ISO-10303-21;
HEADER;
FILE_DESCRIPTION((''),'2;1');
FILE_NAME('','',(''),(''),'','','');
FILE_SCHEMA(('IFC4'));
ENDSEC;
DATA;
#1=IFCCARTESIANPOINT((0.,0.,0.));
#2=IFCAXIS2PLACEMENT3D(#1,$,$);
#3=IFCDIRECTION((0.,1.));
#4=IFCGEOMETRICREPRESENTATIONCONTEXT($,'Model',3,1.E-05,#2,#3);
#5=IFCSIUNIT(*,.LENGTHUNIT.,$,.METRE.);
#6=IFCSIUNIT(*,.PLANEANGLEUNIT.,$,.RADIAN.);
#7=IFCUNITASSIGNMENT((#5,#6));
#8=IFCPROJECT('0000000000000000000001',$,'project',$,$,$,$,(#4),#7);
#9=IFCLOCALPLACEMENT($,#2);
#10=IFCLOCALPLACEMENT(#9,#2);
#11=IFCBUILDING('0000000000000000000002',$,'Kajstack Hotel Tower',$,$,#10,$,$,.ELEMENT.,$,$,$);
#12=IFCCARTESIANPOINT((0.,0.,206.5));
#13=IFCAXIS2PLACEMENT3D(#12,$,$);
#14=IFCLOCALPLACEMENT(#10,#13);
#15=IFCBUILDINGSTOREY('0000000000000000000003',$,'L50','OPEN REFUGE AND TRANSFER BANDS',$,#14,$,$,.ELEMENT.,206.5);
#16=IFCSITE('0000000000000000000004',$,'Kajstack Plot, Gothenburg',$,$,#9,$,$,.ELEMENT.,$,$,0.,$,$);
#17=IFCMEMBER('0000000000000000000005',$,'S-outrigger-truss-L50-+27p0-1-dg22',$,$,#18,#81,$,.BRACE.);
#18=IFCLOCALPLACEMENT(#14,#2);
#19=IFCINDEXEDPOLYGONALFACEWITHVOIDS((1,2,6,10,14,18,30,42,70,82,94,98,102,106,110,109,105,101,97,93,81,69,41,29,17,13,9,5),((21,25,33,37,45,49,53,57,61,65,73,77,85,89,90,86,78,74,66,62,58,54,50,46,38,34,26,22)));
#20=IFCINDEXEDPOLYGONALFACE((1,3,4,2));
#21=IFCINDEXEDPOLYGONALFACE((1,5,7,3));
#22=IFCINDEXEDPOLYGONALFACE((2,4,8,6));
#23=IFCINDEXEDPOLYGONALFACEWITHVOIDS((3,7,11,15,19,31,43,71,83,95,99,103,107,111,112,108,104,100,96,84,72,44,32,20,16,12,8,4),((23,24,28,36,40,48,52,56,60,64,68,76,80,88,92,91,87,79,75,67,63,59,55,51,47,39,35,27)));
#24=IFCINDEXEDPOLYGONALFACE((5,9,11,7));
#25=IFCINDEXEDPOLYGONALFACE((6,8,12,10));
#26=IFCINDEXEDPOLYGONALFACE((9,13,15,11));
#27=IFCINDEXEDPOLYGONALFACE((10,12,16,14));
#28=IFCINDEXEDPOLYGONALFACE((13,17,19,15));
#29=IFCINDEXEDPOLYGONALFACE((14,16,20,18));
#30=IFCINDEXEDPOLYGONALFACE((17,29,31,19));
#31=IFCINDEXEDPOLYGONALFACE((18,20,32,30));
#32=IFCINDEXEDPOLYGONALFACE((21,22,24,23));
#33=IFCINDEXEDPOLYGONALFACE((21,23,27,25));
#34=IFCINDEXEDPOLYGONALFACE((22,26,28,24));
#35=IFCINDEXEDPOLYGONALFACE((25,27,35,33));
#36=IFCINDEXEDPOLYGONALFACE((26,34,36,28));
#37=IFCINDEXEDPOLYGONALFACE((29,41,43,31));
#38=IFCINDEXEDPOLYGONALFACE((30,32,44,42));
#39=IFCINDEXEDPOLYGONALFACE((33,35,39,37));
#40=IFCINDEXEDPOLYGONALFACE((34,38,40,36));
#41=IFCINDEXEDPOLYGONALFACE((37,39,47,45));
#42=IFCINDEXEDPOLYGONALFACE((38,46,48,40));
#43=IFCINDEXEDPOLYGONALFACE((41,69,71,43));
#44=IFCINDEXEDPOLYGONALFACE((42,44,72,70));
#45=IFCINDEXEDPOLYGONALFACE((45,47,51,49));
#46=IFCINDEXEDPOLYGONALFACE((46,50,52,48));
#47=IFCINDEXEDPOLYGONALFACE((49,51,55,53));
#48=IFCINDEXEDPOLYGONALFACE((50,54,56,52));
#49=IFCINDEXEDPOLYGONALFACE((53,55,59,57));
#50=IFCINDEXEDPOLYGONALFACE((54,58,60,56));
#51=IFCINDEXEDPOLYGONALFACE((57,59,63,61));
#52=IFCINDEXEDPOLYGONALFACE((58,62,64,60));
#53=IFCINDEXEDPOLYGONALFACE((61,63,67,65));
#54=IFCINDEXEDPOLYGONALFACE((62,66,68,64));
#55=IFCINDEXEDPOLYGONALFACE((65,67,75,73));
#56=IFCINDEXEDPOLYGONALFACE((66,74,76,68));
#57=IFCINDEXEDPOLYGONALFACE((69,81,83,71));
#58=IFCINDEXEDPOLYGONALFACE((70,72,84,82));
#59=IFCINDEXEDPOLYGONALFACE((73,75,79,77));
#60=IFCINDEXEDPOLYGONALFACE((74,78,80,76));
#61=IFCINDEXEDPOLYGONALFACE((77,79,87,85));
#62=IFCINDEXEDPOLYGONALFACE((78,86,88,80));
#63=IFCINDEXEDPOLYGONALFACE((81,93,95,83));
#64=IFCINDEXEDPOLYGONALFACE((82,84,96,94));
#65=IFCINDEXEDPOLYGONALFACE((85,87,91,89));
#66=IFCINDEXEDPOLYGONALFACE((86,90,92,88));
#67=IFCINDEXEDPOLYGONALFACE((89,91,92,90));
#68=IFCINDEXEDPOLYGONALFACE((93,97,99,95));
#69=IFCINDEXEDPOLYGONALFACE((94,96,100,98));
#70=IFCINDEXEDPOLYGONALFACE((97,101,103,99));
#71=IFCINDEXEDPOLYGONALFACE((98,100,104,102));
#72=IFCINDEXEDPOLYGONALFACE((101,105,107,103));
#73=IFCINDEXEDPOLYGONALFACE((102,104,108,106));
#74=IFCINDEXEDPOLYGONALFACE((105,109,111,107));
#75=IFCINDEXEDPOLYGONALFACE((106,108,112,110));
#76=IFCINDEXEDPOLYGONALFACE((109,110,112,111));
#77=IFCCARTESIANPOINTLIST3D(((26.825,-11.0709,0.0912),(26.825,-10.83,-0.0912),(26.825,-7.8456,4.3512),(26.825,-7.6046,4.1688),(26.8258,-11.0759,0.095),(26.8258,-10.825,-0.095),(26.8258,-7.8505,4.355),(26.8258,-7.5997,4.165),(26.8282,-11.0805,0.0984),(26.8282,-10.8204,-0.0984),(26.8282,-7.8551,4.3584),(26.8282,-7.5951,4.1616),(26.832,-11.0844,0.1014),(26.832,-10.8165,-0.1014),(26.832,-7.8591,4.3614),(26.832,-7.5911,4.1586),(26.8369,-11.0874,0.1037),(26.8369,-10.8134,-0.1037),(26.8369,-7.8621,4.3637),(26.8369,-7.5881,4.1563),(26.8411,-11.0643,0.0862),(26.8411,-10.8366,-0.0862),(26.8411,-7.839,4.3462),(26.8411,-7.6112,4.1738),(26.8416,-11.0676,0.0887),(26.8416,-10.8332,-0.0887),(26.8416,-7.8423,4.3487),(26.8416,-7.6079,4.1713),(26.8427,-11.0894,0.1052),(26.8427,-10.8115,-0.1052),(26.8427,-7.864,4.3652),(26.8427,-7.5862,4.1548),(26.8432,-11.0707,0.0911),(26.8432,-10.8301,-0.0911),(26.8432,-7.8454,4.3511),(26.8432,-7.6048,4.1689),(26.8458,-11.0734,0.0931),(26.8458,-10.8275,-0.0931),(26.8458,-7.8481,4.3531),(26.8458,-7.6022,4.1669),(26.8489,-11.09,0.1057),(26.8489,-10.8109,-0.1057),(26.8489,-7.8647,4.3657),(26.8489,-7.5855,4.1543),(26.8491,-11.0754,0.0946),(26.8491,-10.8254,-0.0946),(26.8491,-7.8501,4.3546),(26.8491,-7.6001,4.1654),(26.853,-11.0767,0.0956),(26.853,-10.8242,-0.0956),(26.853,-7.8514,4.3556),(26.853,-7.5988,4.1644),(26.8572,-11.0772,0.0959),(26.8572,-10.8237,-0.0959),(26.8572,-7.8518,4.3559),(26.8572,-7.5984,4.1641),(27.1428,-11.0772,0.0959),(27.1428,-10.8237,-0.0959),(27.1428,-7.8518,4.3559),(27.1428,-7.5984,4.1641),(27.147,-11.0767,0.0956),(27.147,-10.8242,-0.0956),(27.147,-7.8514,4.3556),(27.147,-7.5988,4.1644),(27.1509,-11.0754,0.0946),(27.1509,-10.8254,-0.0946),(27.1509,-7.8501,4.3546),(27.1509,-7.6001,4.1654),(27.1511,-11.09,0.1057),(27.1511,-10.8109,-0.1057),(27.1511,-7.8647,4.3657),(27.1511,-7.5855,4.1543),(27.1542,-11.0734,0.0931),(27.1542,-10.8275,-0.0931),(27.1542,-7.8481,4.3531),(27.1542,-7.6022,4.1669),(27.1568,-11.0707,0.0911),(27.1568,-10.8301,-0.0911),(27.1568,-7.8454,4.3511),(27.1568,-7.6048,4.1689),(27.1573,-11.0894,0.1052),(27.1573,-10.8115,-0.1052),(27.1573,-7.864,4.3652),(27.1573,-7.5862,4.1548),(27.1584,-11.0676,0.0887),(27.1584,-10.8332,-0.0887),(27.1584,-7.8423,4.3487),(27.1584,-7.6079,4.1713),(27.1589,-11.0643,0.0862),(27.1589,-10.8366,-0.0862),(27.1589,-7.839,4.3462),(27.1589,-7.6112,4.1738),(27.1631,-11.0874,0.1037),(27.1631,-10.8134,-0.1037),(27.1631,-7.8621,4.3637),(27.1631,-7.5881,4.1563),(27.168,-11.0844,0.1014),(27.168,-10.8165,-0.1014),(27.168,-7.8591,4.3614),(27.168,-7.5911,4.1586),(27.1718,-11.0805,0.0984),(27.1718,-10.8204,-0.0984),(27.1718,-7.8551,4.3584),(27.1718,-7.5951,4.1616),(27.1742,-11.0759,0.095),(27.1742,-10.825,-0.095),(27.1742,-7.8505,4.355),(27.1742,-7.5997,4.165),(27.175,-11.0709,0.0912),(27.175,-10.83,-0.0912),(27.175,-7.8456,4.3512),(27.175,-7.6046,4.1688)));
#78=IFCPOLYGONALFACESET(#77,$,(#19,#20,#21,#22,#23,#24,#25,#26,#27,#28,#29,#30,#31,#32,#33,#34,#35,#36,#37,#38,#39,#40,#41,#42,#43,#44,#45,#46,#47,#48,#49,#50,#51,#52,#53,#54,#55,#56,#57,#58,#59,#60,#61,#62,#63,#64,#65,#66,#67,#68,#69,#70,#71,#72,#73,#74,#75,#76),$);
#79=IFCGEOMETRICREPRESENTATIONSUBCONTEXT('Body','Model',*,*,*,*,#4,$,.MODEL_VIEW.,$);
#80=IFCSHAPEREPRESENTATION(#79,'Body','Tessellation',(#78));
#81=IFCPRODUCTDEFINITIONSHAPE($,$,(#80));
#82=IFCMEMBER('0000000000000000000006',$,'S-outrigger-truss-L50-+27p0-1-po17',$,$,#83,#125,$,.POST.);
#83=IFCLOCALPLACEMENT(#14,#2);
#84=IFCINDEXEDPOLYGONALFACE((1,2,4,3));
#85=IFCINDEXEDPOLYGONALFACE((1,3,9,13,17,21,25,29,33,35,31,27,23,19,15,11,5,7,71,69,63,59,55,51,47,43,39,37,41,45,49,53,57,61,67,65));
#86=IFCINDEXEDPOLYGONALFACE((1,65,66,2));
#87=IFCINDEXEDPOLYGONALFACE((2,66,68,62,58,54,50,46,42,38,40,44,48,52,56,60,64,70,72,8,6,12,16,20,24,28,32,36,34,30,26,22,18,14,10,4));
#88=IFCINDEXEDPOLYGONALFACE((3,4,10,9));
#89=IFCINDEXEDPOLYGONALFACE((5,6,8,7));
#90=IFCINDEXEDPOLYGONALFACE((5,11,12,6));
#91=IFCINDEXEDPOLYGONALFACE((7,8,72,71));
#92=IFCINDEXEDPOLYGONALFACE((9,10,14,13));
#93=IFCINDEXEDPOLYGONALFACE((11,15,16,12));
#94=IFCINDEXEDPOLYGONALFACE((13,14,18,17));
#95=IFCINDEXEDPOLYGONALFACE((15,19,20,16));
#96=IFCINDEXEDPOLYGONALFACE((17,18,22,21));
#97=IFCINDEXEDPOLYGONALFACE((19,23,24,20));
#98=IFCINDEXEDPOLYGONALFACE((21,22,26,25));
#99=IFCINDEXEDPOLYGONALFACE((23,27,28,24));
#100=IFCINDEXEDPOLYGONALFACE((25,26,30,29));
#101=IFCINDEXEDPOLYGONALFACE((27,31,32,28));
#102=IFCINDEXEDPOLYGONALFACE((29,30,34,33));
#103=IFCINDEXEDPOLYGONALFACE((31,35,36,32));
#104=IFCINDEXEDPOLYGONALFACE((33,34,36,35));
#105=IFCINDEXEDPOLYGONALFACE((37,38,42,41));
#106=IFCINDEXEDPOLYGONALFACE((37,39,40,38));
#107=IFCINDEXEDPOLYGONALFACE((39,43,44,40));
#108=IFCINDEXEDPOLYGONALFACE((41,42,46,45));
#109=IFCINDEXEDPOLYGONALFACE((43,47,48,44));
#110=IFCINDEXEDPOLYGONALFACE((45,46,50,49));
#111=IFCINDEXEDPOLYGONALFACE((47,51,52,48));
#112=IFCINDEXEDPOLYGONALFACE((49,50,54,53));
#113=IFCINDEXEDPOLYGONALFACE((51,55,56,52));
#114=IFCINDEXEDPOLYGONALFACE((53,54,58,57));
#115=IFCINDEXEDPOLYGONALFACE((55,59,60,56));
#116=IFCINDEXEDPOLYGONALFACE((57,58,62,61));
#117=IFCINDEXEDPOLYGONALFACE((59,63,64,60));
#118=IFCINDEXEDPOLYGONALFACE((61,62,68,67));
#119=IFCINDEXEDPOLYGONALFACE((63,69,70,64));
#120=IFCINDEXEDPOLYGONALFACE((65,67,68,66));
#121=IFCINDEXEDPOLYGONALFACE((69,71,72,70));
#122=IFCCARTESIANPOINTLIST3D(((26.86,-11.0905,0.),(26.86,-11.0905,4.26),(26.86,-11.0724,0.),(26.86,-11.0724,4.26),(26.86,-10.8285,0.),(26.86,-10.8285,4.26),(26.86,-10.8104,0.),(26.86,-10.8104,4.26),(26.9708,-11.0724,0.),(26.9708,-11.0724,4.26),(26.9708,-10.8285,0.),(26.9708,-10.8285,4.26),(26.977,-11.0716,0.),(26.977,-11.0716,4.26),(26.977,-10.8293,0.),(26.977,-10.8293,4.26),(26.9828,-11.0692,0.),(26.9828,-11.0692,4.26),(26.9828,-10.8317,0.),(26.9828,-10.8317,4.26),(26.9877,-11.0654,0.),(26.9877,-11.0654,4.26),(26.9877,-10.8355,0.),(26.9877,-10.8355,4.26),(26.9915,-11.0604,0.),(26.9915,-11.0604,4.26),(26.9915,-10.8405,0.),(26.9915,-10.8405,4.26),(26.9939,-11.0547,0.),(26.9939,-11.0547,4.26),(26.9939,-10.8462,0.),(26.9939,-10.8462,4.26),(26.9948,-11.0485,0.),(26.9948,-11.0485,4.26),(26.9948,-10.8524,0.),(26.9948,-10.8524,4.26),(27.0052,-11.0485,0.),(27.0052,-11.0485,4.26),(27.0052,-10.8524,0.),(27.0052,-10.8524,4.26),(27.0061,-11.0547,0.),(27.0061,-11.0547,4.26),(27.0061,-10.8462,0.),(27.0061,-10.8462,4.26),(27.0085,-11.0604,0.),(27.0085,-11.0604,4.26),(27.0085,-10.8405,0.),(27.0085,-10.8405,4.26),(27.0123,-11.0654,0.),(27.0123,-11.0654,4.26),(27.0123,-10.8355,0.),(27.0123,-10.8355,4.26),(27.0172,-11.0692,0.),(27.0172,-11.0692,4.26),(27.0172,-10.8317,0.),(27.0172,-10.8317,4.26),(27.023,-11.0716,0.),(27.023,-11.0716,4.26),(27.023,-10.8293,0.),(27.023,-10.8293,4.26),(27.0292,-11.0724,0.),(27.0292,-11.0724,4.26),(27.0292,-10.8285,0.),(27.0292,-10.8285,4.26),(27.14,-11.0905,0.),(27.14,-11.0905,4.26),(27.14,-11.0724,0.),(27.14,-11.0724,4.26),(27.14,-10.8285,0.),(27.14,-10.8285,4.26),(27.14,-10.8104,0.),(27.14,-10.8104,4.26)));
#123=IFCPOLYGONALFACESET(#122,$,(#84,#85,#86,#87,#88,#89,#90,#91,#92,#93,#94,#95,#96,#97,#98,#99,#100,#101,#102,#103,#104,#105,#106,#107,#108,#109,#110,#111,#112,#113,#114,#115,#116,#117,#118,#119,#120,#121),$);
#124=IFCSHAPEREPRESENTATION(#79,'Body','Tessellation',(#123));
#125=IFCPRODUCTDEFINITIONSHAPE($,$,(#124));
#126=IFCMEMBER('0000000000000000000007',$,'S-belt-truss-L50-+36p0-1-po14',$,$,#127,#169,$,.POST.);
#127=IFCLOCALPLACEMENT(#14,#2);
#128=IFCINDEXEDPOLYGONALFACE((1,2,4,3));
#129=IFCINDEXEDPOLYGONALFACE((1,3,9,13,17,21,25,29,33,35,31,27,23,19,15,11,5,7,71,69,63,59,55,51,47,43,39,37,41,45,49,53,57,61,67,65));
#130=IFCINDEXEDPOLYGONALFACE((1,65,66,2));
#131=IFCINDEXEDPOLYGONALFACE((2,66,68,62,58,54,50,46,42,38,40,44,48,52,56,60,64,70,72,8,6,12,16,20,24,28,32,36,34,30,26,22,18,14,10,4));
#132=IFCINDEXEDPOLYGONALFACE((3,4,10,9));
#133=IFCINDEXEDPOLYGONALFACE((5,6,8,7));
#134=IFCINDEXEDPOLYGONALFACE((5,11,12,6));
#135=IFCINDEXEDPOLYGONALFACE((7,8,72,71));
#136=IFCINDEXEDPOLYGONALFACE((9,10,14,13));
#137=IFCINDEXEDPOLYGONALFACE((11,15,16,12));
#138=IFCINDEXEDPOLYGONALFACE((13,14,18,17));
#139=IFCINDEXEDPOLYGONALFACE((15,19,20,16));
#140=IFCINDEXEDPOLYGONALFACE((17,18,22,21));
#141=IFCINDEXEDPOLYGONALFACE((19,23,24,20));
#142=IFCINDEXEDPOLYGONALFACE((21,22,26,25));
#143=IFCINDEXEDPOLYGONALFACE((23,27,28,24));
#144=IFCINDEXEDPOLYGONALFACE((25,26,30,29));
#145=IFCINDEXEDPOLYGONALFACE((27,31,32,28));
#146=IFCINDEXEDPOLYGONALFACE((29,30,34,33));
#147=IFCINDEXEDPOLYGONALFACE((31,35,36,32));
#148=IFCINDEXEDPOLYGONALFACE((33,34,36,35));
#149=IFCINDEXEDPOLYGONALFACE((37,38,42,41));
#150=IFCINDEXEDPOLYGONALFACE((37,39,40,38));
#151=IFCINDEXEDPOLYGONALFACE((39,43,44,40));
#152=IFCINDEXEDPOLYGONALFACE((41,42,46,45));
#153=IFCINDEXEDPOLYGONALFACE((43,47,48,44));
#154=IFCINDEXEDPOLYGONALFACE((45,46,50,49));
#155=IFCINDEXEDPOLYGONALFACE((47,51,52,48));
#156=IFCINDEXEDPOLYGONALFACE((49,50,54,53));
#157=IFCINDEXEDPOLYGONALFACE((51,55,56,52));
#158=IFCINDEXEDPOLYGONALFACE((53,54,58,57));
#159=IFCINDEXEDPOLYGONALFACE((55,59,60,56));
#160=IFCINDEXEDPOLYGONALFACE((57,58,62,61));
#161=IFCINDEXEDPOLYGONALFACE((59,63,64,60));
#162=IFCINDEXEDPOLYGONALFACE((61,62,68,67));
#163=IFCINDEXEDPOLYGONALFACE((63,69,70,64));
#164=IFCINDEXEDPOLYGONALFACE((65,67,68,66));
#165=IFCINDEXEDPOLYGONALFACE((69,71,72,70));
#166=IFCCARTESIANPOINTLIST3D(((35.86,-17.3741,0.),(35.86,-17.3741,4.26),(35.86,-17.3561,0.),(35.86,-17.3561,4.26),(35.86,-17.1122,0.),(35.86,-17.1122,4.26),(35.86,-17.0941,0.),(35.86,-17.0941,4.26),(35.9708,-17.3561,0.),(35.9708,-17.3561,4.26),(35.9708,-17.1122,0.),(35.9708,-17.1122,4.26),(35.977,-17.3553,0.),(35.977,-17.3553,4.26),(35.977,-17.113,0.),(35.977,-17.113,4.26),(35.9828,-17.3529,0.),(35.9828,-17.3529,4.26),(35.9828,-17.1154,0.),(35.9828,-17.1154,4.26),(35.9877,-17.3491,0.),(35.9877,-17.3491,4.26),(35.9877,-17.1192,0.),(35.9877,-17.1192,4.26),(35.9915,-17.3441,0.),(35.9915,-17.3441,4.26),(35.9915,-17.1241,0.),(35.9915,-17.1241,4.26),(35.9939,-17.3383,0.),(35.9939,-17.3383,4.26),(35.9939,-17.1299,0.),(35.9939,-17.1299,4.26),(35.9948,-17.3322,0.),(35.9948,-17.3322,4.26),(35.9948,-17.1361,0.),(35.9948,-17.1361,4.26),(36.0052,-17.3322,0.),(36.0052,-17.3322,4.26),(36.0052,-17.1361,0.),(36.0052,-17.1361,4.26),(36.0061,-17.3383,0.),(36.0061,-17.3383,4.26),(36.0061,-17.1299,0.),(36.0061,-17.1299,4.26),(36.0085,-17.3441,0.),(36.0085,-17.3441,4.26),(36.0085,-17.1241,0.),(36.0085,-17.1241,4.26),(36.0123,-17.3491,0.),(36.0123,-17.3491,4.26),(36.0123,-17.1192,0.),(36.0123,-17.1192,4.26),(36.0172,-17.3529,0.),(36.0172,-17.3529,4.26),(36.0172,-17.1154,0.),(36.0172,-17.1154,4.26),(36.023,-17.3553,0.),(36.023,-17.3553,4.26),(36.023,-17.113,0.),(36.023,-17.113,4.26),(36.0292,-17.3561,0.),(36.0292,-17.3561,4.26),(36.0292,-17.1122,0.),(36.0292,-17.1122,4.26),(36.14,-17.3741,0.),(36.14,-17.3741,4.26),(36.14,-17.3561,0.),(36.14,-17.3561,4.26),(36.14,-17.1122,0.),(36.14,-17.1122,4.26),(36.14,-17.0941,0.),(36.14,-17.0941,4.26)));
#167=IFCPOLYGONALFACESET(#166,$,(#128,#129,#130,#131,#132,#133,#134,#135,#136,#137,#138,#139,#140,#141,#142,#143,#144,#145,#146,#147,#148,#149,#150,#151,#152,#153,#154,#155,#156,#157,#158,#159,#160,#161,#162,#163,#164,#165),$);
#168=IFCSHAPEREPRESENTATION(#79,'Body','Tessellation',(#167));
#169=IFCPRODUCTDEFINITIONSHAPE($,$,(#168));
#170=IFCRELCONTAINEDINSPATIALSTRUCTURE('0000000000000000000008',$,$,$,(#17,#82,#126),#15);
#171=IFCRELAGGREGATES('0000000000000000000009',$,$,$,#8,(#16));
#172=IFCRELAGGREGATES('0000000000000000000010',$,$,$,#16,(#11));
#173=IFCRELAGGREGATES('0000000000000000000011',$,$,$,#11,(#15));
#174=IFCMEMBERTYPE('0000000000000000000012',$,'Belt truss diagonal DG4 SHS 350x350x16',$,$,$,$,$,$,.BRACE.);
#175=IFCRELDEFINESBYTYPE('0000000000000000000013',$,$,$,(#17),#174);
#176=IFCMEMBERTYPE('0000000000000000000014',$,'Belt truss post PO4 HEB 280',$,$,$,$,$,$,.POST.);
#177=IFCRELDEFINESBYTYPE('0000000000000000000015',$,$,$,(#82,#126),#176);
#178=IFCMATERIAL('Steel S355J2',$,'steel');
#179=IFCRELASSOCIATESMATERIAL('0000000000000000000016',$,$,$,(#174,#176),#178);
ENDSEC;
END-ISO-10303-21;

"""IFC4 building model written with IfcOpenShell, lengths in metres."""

from ifc_helpers import new_model, si_unit, direction, frame, origin, origin_2d, place, context, subcontext, project, spatial, hollow_rectangle, i_section, extrude, material, material_profile, profile_set, type_object, element, save


model = new_model("IFC4")

# Units and contexts
model_context = context("Model", 3, precision=1e-05, world=origin(), true_north=direction((0.0, 1.0)))
body_context = subcontext(model_context, "Body", "Model", "MODEL_VIEW")
ifc_project = project(units=[si_unit("LENGTHUNIT", "METRE"), si_unit("PLANEANGLEUNIT", "RADIAN")], contexts=[model_context])

# Site, building, storey
site_placement = place(None, origin())
site = spatial("IfcSite", under=ifc_project, at=site_placement, Name="Kajstack Plot, Gothenburg", CompositionType="ELEMENT", RefElevation=0.0)
building_placement = place(site_placement, origin())
building = spatial("IfcBuilding", under=site, at=building_placement, Name="Kajstack Hotel Tower", CompositionType="ELEMENT")
storey_placement = place(building_placement, frame((0.0, 0.0, 206.5)))
storey = spatial("IfcBuildingStorey", under=building, at=storey_placement, Name="L50", Description="OPEN REFUGE AND TRANSFER BANDS", CompositionType="ELEMENT", Elevation=206.5)

# Members
ifc_material_1 = material(Name="Steel S355J2", Category="steel")
ifc_material_profile_1 = material_profile(ifc_material_1, hollow_rectangle(XDim=0.3501, YDim=0.3501, WallThickness=0.0161, InnerFilletRadius=0.0161, OuterFilletRadius=0.0239, at=origin_2d()), Name="SHS 350x350x16")
ifc_profile_set_1 = profile_set([ifc_material_profile_1], Name="Steel S355J2")
member_type_1 = type_object("IfcMemberType", Name="Belt truss diagonal DG4 SHS 350x350x16", PredefinedType="BRACE", material=ifc_profile_set_1)
member_1_placement = place(storey_placement, frame((27.0, -10.9504, 0.0), z_axis=(0.0, 0.603627, 0.797267), x_axis=(-1.0, 0.0, 0.0)))
element("IfcMember", 1, at=member_1_placement, inside=storey, type_object=member_type_1, Name="S-outrigger-truss-L50-+27p0-1-dg22", PredefinedType="BRACE", context=body_context, shape_type="SweptSolid", body=[
    extrude(hollow_rectangle(XDim=0.3501, YDim=0.3501, WallThickness=0.0161, InnerFilletRadius=0.0161, OuterFilletRadius=0.0239, at=origin_2d()), origin(), (0.0, 0.0, 1.0), 5.3433),
])
ifc_material_profile_2 = material_profile(ifc_material_1, i_section(OverallWidth=0.28, OverallDepth=0.28, WebThickness=0.0105, FlangeThickness=0.0181, FilletRadius=0.0239, at=origin_2d()), Name="HEB 280")
ifc_profile_set_2 = profile_set([ifc_material_profile_2], Name="Steel S355J2")
member_type_2 = type_object("IfcMemberType", Name="Belt truss post PO4 HEB 280", PredefinedType="POST", material=ifc_profile_set_2)
for number, where, z_axis, x_axis, name in (
    (2, (27.0, -10.9504, 0.0), (0.0, 0.0, 1.0), (1.0, 0.0, 0.0), "S-outrigger-truss-L50-+27p0-1-po17"),
    (3, (36.0, -17.2341, 0.0), (0.0, 0.0, 1.0), (1.0, 0.0, 0.0), "S-belt-truss-L50-+36p0-1-po14"),
):
    element("IfcMember", number, at=place(storey_placement, frame(where, z_axis=z_axis, x_axis=x_axis)), inside=storey, type_object=member_type_2, Name=name, PredefinedType="POST", context=body_context, shape_type="SweptSolid", body=[
        extrude(i_section(OverallWidth=0.28, OverallDepth=0.28, WebThickness=0.0105, FlangeThickness=0.0181, FilletRadius=0.0239, at=origin_2d()), origin(), (0.0, 0.0, 1.0), 4.26),
    ])

save(model, "model.ifc")
